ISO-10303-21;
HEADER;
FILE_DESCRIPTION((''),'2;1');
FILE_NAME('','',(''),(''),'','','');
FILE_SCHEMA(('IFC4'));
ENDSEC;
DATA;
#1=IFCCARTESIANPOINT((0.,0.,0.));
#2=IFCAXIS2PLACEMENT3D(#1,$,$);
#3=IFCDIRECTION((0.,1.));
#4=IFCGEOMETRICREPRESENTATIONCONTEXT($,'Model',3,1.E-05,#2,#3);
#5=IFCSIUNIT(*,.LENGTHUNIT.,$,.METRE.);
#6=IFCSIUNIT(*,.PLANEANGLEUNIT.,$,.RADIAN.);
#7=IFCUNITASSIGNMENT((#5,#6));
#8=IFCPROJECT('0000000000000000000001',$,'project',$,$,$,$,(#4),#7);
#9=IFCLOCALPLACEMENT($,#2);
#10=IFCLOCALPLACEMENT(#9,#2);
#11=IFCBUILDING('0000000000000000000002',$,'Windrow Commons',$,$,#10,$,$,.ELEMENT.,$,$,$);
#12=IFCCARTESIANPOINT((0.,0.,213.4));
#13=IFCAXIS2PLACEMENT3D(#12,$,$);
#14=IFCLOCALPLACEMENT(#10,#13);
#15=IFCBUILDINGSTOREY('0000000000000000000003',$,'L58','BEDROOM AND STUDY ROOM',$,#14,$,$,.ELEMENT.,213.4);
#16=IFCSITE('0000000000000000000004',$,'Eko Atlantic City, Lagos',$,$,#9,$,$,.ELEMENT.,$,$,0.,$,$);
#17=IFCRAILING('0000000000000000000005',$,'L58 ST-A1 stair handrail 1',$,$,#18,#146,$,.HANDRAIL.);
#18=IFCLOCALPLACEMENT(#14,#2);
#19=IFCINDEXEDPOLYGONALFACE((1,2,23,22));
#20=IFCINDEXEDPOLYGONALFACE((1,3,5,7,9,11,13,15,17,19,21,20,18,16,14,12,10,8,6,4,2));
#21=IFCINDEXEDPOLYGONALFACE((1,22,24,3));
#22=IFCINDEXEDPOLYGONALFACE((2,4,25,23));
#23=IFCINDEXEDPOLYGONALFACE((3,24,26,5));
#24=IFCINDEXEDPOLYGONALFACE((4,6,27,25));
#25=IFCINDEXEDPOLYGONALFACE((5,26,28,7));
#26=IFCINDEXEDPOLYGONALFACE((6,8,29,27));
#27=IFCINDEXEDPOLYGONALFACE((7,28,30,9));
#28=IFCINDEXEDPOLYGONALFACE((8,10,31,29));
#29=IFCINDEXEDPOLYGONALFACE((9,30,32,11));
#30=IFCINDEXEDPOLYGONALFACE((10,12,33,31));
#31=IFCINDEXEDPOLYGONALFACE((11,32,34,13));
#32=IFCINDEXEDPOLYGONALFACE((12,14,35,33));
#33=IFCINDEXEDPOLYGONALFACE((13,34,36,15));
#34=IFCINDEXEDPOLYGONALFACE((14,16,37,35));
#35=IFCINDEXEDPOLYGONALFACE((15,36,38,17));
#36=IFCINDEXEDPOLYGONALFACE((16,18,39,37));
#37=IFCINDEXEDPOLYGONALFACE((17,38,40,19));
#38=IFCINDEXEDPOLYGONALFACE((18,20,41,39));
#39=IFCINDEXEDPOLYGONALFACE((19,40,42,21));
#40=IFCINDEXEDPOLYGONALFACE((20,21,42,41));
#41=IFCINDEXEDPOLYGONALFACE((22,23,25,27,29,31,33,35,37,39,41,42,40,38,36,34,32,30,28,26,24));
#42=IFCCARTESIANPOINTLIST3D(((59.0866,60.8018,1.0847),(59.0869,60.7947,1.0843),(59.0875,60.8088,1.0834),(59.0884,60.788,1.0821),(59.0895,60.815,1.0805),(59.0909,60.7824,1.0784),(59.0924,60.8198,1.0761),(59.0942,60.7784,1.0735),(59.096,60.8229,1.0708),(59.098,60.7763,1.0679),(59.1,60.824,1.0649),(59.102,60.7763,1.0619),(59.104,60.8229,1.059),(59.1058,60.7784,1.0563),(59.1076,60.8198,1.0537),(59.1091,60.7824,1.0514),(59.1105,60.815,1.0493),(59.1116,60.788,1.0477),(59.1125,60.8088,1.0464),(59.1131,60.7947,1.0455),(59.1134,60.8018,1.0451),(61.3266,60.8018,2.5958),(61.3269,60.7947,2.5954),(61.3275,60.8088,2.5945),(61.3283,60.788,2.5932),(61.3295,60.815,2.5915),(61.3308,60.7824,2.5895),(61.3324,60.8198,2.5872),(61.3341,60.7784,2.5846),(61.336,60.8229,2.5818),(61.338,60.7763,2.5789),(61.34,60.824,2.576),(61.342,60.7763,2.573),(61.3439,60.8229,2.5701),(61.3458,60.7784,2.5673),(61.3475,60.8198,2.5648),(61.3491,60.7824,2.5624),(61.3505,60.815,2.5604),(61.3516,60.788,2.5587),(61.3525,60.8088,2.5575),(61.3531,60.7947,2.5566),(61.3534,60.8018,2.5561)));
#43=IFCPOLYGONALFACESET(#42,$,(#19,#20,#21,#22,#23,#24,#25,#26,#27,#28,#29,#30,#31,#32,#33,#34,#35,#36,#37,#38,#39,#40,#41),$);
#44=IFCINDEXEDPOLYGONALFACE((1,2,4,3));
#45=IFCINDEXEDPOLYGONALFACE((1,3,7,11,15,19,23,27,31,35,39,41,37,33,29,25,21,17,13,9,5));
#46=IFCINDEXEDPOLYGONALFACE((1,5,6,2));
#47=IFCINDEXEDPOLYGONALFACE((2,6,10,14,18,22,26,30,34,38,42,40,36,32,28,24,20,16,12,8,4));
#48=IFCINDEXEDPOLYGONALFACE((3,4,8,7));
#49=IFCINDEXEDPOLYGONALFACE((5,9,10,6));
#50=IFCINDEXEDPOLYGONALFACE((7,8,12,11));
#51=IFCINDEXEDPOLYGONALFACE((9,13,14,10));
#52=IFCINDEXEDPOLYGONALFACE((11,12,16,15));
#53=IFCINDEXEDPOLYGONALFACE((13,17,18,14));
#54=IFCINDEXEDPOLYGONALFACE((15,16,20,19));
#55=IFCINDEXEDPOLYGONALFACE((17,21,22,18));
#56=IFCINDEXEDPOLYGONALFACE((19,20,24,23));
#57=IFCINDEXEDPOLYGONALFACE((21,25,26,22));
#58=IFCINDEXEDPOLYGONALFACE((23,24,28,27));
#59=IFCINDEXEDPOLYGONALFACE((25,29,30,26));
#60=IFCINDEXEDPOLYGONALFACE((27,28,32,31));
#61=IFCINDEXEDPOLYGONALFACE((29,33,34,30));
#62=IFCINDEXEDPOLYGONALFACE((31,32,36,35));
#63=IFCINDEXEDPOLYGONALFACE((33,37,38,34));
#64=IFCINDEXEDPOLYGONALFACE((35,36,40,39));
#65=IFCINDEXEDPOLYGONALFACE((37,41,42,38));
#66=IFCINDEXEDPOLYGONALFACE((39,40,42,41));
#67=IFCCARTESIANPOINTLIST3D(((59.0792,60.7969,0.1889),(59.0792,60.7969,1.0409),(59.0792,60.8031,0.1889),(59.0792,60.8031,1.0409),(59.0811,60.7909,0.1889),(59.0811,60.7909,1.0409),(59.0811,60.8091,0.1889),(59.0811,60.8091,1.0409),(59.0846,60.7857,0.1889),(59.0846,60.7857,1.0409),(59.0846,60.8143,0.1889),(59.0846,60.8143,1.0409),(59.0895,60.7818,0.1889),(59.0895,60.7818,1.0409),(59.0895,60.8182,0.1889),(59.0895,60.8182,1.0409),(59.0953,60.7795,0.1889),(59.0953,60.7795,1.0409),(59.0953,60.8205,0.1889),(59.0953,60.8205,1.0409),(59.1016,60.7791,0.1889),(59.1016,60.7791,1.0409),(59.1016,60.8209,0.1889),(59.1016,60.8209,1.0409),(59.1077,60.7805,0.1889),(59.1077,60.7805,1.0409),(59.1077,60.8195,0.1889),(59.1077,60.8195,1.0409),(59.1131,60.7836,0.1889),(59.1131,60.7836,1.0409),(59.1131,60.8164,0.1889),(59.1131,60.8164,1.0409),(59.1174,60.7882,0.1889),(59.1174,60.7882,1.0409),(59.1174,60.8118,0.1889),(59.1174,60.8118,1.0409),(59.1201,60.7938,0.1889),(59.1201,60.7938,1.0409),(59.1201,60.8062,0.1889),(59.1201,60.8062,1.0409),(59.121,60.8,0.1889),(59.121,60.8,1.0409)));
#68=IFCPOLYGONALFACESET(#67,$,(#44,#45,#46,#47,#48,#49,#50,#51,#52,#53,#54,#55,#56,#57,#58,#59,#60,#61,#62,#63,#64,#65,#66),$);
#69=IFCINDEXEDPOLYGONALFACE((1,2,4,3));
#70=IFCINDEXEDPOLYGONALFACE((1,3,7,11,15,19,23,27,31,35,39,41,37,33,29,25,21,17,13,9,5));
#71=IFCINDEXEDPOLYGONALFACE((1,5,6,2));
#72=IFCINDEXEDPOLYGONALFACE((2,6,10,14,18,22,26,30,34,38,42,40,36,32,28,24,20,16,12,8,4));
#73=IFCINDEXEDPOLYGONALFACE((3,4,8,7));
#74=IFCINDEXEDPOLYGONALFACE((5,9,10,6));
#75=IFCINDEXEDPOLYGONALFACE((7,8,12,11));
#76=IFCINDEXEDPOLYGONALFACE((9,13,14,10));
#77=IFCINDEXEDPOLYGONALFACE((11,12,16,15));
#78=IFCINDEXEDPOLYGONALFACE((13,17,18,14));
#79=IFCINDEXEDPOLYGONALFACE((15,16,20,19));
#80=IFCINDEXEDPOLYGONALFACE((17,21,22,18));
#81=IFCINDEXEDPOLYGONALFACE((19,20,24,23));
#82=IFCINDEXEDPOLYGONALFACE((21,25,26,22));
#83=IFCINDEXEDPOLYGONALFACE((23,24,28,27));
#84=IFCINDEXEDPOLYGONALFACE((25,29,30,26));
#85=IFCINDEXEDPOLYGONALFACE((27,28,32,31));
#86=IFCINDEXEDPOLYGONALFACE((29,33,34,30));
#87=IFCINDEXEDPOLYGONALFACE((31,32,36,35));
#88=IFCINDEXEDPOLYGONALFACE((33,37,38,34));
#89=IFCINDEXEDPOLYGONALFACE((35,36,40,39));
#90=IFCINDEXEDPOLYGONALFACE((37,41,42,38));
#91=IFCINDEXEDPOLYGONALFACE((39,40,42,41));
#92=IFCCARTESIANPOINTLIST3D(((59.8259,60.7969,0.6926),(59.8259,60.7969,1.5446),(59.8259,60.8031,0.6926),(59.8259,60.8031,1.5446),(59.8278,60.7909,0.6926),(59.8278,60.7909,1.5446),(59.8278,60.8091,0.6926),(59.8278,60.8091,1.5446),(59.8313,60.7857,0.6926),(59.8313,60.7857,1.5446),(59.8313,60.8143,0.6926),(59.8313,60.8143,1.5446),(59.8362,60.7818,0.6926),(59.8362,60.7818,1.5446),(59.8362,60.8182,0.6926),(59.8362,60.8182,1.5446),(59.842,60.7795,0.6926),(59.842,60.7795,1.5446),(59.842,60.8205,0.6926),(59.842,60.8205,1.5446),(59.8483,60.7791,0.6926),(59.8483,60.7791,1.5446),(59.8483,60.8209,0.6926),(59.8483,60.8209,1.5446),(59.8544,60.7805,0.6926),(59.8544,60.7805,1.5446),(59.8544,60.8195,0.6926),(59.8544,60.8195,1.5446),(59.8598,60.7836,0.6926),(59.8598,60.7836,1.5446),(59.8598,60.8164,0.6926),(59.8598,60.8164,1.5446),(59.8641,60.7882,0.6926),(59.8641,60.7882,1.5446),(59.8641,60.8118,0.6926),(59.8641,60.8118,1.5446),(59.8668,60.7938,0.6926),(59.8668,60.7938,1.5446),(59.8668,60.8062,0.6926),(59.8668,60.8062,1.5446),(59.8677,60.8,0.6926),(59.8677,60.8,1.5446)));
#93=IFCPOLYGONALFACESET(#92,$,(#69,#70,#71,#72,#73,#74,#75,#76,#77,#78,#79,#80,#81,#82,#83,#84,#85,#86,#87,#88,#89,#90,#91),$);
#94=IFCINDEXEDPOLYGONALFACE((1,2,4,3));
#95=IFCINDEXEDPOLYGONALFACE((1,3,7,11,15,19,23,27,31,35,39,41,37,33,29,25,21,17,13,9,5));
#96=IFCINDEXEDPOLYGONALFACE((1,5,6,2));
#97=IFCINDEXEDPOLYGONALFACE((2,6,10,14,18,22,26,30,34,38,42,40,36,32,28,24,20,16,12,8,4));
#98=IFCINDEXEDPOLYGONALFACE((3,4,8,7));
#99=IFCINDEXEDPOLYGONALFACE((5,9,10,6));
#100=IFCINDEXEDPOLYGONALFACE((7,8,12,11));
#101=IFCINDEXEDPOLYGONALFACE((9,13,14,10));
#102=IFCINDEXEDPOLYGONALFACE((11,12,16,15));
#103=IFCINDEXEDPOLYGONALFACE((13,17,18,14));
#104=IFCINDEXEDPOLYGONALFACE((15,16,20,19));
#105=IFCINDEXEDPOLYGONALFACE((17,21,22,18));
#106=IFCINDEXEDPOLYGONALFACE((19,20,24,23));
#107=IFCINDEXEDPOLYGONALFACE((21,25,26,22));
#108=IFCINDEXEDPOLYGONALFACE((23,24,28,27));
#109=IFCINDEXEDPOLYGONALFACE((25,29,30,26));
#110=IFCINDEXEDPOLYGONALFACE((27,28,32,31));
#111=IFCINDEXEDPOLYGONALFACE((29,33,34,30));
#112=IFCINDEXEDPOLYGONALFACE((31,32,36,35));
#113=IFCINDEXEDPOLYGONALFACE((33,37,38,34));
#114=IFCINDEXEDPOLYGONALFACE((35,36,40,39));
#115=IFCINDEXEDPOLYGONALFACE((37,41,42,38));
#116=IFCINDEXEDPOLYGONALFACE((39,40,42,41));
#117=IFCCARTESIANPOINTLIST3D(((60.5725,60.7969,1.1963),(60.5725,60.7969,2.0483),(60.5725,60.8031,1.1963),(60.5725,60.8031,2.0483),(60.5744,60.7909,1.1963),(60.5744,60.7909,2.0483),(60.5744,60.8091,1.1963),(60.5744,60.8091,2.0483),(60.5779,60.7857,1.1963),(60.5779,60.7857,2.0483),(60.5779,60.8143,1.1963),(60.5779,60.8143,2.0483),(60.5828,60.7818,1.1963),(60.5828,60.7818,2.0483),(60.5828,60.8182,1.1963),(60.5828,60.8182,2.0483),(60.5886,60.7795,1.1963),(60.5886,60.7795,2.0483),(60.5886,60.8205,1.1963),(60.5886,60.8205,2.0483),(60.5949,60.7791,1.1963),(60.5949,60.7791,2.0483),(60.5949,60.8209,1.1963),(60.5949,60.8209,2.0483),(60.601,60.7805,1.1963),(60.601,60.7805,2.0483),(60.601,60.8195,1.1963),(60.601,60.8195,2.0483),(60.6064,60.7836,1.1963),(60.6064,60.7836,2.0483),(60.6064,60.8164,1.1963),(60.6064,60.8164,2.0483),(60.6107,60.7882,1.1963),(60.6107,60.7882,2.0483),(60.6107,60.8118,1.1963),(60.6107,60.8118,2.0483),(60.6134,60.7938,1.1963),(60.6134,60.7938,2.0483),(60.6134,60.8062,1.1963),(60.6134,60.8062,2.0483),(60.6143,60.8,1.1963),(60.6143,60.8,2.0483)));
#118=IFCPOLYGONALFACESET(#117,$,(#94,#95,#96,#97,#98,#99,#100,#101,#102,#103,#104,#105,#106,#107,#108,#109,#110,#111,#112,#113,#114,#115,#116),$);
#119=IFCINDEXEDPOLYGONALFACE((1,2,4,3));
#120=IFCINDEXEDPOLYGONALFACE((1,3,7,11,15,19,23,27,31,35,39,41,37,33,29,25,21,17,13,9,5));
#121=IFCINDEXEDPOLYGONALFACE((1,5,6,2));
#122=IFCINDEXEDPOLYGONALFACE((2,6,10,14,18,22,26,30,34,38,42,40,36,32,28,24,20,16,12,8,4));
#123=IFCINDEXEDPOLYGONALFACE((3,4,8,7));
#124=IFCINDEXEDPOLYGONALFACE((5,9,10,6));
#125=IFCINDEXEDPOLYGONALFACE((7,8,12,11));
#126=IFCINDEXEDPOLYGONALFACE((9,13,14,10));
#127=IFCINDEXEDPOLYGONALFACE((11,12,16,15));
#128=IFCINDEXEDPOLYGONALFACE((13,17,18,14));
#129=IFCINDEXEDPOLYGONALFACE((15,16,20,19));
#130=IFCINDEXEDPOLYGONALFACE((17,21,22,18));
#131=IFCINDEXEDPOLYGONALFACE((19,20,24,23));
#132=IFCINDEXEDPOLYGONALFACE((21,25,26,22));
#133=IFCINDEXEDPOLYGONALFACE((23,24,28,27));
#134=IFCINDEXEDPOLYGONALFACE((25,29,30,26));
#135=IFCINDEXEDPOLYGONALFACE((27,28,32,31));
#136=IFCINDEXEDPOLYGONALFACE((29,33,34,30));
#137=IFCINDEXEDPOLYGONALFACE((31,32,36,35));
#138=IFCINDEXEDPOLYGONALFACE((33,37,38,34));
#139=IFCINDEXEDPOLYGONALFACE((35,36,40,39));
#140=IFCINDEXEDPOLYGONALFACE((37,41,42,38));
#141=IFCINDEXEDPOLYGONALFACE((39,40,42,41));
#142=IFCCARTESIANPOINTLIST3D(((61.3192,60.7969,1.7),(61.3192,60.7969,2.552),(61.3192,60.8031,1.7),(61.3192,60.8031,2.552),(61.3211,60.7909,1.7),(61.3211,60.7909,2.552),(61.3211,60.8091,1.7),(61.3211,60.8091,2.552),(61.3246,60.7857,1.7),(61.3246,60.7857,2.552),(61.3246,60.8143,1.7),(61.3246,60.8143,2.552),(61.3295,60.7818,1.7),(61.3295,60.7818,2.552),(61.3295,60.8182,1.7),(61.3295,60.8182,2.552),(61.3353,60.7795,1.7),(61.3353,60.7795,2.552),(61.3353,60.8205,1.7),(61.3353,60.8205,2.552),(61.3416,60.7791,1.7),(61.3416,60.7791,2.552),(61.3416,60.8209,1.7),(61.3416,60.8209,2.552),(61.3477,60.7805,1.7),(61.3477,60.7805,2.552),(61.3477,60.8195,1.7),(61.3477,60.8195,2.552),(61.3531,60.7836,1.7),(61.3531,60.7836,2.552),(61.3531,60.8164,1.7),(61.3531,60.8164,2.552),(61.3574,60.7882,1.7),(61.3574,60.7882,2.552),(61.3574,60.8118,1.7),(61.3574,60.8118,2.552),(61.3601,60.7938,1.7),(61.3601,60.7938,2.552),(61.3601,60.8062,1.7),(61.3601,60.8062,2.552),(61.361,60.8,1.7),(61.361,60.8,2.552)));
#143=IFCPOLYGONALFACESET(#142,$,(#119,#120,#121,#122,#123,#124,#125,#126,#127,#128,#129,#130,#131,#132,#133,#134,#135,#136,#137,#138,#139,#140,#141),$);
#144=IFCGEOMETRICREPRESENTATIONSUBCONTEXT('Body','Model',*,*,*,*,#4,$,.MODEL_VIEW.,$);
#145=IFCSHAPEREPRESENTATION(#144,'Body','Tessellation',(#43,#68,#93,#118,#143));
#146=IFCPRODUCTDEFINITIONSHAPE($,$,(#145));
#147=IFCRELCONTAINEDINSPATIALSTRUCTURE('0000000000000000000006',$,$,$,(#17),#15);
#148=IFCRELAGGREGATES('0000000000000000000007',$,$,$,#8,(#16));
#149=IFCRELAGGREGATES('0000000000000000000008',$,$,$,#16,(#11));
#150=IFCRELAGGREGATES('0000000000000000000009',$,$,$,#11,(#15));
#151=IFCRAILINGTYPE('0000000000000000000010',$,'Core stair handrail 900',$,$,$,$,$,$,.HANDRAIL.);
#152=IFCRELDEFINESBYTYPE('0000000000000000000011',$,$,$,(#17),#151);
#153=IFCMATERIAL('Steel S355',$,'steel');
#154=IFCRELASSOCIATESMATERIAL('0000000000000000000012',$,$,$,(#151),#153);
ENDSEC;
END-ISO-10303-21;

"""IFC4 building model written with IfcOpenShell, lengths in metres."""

from ifc_helpers import new_model, si_unit, direction, frame, origin, origin_2d, place, context, subcontext, project, spatial, circle, extrude, material, type_object, element, save


model = new_model("IFC4")

# Units and contexts
model_context = context("Model", 3, precision=1e-05, world=origin(), true_north=direction((0.0, 1.0)))
body_context = subcontext(model_context, "Body", "Model", "MODEL_VIEW")
ifc_project = project(units=[si_unit("LENGTHUNIT", "METRE"), si_unit("PLANEANGLEUNIT", "RADIAN")], contexts=[model_context])

# Site, building, storey
site_placement = place(None, origin())
site = spatial("IfcSite", under=ifc_project, at=site_placement, Name="Eko Atlantic City, Lagos", CompositionType="ELEMENT", RefElevation=0.0)
building_placement = place(site_placement, origin())
building = spatial("IfcBuilding", under=site, at=building_placement, Name="Windrow Commons", CompositionType="ELEMENT")
storey_placement = place(building_placement, frame((0.0, 0.0, 213.4)))
storey = spatial("IfcBuildingStorey", under=building, at=storey_placement, Name="L58", Description="BEDROOM AND STUDY ROOM", CompositionType="ELEMENT", Elevation=213.4)

# Railing
ifc_material_1 = material(Name="Steel S355", Category="steel")
railing_type_1 = type_object("IfcRailingType", Name="Core stair handrail 900", PredefinedType="HANDRAIL", material=ifc_material_1)
railing_1_placement = place(storey_placement, frame((59.1, 60.8, 0.1889)))
element("IfcRailing", 1, at=railing_1_placement, inside=storey, type_object=railing_type_1, Name="L58 ST-A1 stair handrail 1", PredefinedType="HANDRAIL", context=body_context, shape_type="SweptSolid", body=[
    extrude(circle(Radius=0.024, at=origin_2d()), frame((0.0, 0.0, 0.876), z_axis=(0.829003, 0.0, 0.559244), x_axis=(0.0, 1.0, 0.0)), (0.0, 0.0, 1.0), 2.702),
    extrude(circle(Radius=0.021, at=origin_2d()), origin(), (0.0, 0.0, 1.0), 0.852),
    extrude(circle(Radius=0.021, at=origin_2d()), frame((0.7467, 0.0, 0.5037)), (0.0, 0.0, 1.0), 0.852),
    extrude(circle(Radius=0.021, at=origin_2d()), frame((1.4933, 0.0, 1.0074)), (0.0, 0.0, 1.0), 0.852),
    extrude(circle(Radius=0.021, at=origin_2d()), frame((2.24, 0.0, 1.5111)), (0.0, 0.0, 1.0), 0.852),
])

save(model, "model.ifc")
